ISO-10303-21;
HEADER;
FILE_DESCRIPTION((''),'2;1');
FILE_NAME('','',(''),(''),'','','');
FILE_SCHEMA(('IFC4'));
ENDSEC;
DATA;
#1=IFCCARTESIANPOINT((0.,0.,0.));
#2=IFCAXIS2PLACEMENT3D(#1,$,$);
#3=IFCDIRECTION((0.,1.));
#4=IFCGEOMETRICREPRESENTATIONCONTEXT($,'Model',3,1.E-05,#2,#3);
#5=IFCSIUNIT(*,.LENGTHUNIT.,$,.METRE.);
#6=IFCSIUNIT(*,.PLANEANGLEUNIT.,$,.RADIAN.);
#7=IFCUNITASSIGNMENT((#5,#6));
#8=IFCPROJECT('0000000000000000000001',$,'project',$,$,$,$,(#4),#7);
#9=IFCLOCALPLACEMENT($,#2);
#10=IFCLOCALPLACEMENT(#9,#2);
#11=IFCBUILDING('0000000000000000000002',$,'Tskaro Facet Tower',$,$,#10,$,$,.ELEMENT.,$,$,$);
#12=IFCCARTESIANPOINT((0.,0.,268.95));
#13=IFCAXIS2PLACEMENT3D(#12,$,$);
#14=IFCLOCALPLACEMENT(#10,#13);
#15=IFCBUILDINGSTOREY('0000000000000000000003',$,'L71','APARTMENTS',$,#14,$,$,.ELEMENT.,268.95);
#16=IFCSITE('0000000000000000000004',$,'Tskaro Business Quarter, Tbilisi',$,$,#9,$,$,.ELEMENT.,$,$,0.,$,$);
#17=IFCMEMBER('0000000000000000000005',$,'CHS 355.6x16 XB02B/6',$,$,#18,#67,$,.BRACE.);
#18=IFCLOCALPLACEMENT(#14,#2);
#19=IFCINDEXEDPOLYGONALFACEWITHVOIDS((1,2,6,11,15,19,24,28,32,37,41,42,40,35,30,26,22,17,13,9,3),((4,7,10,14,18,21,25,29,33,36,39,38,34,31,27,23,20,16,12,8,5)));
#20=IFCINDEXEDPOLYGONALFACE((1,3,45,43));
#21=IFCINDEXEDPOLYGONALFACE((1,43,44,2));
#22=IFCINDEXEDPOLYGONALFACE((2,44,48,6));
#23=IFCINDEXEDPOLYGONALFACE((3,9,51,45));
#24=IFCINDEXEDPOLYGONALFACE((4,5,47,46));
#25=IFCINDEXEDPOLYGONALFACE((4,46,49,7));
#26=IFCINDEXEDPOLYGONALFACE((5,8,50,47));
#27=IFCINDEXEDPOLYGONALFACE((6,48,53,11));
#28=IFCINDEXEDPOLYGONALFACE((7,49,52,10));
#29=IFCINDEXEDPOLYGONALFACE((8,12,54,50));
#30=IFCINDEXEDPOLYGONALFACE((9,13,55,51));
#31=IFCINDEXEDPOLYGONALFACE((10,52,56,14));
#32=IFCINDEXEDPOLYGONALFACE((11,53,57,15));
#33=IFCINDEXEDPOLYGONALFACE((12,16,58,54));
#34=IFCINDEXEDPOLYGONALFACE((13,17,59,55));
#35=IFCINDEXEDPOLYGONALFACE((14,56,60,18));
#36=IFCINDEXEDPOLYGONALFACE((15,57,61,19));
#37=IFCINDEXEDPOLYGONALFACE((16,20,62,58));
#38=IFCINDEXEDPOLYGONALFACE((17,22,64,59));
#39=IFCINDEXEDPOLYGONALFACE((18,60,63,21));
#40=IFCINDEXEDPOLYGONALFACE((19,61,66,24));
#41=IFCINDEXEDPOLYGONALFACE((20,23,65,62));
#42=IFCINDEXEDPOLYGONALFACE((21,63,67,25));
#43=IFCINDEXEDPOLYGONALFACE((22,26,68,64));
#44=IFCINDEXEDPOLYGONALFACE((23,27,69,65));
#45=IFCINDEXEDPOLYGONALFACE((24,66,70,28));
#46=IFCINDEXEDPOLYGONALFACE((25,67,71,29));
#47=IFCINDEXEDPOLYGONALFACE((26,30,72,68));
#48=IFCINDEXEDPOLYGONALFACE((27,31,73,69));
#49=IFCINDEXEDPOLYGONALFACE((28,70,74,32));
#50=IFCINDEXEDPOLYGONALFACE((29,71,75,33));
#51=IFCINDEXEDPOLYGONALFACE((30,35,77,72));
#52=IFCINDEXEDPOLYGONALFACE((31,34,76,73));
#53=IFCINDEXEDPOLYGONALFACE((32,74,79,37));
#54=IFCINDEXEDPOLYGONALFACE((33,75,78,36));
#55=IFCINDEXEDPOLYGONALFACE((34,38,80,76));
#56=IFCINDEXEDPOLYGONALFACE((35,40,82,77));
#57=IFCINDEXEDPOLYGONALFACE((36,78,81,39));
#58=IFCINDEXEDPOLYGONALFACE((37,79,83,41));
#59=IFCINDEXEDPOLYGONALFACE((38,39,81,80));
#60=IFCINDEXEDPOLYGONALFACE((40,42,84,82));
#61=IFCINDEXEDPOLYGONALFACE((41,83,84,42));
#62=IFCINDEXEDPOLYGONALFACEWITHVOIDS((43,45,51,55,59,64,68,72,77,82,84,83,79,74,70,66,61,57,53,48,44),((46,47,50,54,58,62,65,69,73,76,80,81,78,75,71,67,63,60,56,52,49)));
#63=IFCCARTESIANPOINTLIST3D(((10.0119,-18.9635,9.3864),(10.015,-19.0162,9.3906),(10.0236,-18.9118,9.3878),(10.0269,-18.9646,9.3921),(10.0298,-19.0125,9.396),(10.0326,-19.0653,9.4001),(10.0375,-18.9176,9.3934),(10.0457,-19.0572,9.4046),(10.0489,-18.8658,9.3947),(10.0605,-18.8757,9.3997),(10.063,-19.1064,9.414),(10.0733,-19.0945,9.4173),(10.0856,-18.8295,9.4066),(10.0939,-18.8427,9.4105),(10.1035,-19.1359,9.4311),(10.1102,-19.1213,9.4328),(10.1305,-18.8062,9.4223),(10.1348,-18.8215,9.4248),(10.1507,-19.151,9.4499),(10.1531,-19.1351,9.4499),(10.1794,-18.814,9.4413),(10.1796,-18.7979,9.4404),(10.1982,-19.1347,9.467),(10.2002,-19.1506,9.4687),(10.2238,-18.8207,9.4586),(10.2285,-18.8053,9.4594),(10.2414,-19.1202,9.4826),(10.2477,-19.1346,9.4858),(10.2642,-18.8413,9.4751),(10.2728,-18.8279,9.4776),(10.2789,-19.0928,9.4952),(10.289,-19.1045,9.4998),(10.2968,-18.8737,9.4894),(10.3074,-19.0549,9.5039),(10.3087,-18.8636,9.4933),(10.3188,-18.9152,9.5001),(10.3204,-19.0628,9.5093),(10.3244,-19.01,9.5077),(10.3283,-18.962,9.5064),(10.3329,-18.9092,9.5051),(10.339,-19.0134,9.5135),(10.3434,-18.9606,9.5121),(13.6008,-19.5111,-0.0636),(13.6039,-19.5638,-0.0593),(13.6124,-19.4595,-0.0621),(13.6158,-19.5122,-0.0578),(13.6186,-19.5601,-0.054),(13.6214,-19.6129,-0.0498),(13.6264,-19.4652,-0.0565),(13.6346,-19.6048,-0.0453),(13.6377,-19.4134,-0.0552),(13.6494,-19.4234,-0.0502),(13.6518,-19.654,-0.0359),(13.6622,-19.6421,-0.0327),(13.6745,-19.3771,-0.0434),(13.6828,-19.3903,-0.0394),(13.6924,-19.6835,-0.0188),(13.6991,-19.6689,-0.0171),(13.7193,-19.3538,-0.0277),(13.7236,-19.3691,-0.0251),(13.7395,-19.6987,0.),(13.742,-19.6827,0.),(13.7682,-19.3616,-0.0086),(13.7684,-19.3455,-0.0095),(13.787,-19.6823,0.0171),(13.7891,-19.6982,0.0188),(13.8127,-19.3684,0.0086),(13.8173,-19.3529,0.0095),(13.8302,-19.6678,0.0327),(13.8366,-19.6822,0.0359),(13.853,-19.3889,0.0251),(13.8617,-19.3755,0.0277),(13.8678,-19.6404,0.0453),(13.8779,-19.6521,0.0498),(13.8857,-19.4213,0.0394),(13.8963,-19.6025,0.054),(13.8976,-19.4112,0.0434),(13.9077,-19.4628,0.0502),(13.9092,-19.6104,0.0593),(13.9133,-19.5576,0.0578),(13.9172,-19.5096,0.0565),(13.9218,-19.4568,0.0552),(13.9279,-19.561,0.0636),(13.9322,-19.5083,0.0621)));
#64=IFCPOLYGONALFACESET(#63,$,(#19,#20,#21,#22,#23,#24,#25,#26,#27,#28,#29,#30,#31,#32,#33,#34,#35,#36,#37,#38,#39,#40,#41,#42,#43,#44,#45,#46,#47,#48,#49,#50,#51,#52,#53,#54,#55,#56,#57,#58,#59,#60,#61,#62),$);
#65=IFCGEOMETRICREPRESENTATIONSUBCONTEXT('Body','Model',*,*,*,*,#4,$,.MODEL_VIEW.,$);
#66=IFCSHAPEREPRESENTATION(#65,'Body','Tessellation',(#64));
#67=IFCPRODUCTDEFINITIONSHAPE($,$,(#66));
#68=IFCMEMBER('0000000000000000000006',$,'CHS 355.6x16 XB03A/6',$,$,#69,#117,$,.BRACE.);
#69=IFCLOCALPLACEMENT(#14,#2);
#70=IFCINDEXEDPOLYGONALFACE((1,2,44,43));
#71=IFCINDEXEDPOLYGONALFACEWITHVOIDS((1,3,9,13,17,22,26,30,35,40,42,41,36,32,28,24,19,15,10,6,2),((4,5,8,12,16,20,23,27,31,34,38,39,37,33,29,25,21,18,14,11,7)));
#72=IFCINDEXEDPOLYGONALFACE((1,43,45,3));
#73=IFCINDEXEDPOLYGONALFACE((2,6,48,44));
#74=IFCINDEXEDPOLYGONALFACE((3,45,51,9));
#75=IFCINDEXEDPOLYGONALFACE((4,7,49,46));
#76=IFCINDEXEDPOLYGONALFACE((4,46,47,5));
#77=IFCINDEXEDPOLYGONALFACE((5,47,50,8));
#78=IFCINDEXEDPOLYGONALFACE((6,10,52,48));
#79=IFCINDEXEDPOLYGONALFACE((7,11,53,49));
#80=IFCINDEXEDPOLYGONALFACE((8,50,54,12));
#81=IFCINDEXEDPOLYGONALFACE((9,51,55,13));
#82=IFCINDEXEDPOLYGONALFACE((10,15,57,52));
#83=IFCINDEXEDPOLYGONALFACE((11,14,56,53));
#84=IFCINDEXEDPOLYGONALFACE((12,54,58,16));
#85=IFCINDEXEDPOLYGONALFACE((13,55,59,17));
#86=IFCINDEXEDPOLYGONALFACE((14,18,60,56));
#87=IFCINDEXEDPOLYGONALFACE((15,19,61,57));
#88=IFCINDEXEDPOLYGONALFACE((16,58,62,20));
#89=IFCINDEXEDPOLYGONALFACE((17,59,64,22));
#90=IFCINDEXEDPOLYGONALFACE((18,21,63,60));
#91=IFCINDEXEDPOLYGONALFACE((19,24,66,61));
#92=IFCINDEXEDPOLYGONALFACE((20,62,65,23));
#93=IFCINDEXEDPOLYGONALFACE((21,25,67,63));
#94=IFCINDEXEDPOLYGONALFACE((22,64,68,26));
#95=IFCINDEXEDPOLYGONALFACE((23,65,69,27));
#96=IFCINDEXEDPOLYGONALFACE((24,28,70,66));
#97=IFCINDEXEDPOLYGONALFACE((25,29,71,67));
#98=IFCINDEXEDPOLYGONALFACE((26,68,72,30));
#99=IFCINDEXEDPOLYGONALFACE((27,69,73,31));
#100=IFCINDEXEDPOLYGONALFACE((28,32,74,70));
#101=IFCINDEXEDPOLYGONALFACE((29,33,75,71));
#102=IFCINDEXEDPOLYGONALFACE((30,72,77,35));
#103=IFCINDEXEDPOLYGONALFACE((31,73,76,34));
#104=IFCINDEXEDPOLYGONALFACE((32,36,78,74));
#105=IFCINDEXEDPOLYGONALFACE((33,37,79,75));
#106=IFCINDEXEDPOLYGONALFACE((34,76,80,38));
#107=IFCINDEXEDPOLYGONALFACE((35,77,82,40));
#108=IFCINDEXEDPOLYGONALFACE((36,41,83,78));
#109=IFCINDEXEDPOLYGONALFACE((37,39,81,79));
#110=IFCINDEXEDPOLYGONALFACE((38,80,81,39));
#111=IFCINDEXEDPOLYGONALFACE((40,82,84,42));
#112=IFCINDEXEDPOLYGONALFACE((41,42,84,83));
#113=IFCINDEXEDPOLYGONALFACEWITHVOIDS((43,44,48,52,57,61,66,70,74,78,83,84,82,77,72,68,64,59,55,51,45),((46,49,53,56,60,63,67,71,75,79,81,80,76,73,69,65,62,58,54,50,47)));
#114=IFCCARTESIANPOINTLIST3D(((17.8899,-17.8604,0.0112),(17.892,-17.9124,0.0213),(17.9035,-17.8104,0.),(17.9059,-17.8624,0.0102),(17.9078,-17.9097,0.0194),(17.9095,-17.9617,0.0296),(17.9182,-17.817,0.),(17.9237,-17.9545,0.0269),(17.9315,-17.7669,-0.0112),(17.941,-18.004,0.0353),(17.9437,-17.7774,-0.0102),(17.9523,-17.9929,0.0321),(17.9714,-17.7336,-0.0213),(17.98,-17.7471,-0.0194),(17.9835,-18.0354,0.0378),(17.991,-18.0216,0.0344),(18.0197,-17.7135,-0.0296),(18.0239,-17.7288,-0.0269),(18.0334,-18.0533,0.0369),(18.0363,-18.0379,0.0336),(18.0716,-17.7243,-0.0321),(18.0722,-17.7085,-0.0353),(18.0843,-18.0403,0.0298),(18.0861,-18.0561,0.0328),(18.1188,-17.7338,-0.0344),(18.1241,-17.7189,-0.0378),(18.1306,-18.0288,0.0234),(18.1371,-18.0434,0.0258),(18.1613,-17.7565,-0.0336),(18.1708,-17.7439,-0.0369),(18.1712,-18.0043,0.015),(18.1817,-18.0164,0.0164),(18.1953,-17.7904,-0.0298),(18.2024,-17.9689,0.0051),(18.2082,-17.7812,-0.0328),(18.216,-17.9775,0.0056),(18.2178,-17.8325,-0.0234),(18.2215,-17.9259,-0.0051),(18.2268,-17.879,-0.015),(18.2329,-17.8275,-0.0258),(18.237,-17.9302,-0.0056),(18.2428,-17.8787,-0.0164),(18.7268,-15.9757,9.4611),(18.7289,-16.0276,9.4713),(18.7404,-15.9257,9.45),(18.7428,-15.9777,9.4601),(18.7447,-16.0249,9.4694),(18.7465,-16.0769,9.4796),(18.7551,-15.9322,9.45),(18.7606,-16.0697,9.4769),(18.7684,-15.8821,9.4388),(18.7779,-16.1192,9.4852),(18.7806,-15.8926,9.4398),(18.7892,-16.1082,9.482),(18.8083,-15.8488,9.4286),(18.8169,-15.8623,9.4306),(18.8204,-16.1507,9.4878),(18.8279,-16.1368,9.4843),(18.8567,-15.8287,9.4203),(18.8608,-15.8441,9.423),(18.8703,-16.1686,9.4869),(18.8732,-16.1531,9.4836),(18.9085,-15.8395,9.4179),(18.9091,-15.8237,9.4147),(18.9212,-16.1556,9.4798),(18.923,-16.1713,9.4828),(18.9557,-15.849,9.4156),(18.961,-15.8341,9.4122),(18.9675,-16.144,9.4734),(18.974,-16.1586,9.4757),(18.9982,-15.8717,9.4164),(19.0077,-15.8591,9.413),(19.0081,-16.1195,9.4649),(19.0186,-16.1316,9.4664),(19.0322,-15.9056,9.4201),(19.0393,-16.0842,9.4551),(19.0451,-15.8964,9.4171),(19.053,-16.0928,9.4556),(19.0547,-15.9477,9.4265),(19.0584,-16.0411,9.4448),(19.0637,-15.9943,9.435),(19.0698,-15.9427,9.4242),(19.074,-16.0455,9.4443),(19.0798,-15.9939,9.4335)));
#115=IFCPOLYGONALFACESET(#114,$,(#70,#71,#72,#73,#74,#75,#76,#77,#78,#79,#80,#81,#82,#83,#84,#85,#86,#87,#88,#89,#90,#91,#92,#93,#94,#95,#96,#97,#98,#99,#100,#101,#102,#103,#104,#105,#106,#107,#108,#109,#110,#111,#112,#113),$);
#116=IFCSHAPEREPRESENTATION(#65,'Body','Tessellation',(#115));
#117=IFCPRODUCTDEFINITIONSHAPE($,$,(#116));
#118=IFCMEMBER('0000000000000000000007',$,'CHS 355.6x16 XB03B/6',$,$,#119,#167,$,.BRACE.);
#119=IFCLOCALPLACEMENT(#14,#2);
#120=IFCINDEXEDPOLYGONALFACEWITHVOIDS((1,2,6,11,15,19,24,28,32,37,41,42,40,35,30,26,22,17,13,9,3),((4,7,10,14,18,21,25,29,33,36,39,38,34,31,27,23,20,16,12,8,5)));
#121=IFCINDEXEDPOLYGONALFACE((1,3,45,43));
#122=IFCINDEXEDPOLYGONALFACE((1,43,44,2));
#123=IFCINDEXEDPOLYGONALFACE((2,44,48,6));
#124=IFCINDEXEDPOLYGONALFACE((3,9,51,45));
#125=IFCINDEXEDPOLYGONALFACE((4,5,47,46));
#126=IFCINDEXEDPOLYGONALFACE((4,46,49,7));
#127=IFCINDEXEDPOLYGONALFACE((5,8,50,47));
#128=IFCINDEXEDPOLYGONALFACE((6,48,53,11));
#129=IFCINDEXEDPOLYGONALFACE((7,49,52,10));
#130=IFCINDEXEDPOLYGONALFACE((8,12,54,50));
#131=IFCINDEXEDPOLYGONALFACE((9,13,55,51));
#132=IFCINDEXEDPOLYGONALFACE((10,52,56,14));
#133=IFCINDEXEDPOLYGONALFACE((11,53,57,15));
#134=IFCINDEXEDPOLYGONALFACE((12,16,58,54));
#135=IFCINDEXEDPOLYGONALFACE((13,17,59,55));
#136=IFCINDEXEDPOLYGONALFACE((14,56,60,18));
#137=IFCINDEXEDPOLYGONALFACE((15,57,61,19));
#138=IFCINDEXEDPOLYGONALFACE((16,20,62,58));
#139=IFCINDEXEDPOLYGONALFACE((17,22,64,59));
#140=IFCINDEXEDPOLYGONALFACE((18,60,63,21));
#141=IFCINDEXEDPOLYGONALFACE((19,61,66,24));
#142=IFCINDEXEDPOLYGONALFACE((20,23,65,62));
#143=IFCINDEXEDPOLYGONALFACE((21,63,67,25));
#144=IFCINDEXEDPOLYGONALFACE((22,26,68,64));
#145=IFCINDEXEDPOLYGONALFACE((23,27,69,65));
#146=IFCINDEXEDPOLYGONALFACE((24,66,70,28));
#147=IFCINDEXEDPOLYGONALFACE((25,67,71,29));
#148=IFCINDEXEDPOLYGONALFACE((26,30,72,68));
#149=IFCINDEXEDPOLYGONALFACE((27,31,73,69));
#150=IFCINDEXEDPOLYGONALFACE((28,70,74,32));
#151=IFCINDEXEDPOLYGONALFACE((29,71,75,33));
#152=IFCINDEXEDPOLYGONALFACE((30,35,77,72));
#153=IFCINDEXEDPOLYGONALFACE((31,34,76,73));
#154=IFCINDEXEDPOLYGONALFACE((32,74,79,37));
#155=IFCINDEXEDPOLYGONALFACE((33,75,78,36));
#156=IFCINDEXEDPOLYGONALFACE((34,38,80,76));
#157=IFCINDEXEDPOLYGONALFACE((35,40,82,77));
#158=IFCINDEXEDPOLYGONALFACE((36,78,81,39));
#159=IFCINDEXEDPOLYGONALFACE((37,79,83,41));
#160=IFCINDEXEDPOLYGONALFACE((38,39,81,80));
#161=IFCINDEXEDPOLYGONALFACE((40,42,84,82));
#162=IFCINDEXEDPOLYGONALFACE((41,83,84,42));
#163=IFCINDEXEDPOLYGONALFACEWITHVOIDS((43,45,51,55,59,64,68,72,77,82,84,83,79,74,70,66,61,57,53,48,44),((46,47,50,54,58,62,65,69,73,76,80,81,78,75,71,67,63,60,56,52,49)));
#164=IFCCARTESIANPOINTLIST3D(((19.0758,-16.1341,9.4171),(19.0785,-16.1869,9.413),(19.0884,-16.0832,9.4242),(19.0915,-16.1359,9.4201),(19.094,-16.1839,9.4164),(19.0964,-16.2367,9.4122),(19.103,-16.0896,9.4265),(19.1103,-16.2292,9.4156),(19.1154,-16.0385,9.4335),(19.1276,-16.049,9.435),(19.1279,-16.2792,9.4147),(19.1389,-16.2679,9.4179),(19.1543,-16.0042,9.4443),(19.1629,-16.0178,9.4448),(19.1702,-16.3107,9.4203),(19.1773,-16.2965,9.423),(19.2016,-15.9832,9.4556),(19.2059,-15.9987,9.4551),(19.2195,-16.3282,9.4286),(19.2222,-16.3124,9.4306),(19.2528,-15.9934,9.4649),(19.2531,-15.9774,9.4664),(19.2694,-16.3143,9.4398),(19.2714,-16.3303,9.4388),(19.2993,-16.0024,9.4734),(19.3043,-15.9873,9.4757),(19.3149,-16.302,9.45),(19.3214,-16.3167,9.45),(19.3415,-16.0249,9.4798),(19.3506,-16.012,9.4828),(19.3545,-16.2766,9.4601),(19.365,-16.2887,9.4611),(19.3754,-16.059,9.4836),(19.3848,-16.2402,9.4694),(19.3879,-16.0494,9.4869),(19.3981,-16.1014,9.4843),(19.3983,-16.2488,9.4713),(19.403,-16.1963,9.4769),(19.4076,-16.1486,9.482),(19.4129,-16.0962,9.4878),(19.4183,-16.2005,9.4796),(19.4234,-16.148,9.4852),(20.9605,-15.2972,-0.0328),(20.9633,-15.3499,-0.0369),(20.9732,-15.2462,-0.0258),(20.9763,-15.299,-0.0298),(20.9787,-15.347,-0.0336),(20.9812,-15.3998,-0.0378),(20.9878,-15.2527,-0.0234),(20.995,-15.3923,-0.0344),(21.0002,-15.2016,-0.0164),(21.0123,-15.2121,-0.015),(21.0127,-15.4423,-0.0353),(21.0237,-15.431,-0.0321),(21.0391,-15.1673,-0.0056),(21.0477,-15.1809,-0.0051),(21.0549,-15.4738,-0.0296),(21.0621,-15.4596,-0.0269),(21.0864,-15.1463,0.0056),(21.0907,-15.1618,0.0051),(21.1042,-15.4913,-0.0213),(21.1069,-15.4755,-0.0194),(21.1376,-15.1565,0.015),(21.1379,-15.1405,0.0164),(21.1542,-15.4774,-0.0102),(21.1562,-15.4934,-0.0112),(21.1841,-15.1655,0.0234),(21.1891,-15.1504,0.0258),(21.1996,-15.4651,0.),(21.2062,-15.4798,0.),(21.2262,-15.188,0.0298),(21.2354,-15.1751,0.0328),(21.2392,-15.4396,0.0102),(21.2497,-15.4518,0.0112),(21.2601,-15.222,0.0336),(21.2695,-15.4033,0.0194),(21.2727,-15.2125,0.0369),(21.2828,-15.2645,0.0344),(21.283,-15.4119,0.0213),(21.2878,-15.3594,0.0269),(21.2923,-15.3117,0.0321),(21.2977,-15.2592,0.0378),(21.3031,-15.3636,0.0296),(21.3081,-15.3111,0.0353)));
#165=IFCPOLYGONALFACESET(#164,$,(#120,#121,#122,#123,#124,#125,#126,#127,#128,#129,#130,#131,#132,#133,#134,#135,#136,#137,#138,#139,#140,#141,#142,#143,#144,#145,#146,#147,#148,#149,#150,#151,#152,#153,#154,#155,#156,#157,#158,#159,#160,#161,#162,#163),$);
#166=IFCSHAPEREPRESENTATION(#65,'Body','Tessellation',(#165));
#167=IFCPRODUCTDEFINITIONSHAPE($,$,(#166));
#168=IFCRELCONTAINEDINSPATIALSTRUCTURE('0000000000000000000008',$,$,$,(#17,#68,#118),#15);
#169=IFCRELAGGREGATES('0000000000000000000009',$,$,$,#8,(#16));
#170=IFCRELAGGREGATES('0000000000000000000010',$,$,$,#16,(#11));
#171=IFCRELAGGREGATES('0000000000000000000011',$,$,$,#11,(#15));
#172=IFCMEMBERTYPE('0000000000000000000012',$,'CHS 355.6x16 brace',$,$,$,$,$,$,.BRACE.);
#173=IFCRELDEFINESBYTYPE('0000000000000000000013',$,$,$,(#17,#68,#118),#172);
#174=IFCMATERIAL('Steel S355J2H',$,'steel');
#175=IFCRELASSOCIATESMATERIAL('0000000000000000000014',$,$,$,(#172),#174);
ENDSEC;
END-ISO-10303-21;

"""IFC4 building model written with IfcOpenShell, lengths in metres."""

from ifc_helpers import new_model, si_unit, direction, frame, origin, origin_2d, place, context, subcontext, project, spatial, hollow_circle, extrude, material, material_profile, profile_set, type_object, element, save


model = new_model("IFC4")

# Units and contexts
model_context = context("Model", 3, precision=1e-05, world=origin(), true_north=direction((0.0, 1.0)))
body_context = subcontext(model_context, "Body", "Model", "MODEL_VIEW")
ifc_project = project(units=[si_unit("LENGTHUNIT", "METRE"), si_unit("PLANEANGLEUNIT", "RADIAN")], contexts=[model_context])

# Site, building, storey
site_placement = place(None, origin())
site = spatial("IfcSite", under=ifc_project, at=site_placement, Name="Tskaro Business Quarter, Tbilisi", CompositionType="ELEMENT", RefElevation=0.0)
building_placement = place(site_placement, origin())
building = spatial("IfcBuilding", under=site, at=building_placement, Name="Tskaro Facet Tower", CompositionType="ELEMENT")
storey_placement = place(building_placement, frame((0.0, 0.0, 268.95)))
storey = spatial("IfcBuildingStorey", under=building, at=storey_placement, Name="L71", Description="APARTMENTS", CompositionType="ELEMENT", Elevation=268.95)

# Shared definitions
ifc_material_1 = material(Name="Steel S355J2H", Category="steel")

# Members
ifc_material_profile_1 = material_profile(ifc_material_1, hollow_circle(Radius=0.1777, WallThickness=0.0161, at=origin_2d()), Name="CHS 355.6x16")
ifc_profile_set_1 = profile_set([ifc_material_profile_1], Name="Steel S355J2H")
member_type_1 = type_object("IfcMemberType", Name="CHS 355.6x16 brace", PredefinedType="BRACE", material=ifc_profile_set_1)
member_1_placement = place(storey_placement, frame((13.7664, -19.5229, 0.0), z_axis=(-0.354515, 0.054094, 0.933484), x_axis=(-0.150839, -0.988558, 0.0)))
element("IfcMember", 1, at=member_1_placement, inside=storey, type_object=member_type_1, Name="CHS 355.6x16 XB02B/6", PredefinedType="BRACE", context=body_context, shape_type="SweptSolid", body=[
    extrude(hollow_circle(Radius=0.1777, WallThickness=0.0161, at=origin_2d()), origin(), (0.0, 0.0, 1.0), 10.1233),
])
for number, where, z_axis, x_axis, name in (
    (2, (18.0659, -17.8826, 0.0), (0.086526, 0.194861, 0.977007), (-0.913948, 0.405831, 0.0), "CHS 355.6x16 XB03A/6"),
    (3, (21.134, -15.3174, 0.0), (-0.194861, -0.086526, 0.977007), (0.405831, -0.913948, 0.0), "CHS 355.6x16 XB03B/6"),
):
    element("IfcMember", number, at=place(storey_placement, frame(where, z_axis=z_axis, x_axis=x_axis)), inside=storey, type_object=member_type_1, Name=name, PredefinedType="BRACE", context=body_context, shape_type="SweptSolid", body=[
        extrude(hollow_circle(Radius=0.1777, WallThickness=0.0161, at=origin_2d()), origin(), (0.0, 0.0, 1.0), 9.6724),
    ])

save(model, "model.ifc")
